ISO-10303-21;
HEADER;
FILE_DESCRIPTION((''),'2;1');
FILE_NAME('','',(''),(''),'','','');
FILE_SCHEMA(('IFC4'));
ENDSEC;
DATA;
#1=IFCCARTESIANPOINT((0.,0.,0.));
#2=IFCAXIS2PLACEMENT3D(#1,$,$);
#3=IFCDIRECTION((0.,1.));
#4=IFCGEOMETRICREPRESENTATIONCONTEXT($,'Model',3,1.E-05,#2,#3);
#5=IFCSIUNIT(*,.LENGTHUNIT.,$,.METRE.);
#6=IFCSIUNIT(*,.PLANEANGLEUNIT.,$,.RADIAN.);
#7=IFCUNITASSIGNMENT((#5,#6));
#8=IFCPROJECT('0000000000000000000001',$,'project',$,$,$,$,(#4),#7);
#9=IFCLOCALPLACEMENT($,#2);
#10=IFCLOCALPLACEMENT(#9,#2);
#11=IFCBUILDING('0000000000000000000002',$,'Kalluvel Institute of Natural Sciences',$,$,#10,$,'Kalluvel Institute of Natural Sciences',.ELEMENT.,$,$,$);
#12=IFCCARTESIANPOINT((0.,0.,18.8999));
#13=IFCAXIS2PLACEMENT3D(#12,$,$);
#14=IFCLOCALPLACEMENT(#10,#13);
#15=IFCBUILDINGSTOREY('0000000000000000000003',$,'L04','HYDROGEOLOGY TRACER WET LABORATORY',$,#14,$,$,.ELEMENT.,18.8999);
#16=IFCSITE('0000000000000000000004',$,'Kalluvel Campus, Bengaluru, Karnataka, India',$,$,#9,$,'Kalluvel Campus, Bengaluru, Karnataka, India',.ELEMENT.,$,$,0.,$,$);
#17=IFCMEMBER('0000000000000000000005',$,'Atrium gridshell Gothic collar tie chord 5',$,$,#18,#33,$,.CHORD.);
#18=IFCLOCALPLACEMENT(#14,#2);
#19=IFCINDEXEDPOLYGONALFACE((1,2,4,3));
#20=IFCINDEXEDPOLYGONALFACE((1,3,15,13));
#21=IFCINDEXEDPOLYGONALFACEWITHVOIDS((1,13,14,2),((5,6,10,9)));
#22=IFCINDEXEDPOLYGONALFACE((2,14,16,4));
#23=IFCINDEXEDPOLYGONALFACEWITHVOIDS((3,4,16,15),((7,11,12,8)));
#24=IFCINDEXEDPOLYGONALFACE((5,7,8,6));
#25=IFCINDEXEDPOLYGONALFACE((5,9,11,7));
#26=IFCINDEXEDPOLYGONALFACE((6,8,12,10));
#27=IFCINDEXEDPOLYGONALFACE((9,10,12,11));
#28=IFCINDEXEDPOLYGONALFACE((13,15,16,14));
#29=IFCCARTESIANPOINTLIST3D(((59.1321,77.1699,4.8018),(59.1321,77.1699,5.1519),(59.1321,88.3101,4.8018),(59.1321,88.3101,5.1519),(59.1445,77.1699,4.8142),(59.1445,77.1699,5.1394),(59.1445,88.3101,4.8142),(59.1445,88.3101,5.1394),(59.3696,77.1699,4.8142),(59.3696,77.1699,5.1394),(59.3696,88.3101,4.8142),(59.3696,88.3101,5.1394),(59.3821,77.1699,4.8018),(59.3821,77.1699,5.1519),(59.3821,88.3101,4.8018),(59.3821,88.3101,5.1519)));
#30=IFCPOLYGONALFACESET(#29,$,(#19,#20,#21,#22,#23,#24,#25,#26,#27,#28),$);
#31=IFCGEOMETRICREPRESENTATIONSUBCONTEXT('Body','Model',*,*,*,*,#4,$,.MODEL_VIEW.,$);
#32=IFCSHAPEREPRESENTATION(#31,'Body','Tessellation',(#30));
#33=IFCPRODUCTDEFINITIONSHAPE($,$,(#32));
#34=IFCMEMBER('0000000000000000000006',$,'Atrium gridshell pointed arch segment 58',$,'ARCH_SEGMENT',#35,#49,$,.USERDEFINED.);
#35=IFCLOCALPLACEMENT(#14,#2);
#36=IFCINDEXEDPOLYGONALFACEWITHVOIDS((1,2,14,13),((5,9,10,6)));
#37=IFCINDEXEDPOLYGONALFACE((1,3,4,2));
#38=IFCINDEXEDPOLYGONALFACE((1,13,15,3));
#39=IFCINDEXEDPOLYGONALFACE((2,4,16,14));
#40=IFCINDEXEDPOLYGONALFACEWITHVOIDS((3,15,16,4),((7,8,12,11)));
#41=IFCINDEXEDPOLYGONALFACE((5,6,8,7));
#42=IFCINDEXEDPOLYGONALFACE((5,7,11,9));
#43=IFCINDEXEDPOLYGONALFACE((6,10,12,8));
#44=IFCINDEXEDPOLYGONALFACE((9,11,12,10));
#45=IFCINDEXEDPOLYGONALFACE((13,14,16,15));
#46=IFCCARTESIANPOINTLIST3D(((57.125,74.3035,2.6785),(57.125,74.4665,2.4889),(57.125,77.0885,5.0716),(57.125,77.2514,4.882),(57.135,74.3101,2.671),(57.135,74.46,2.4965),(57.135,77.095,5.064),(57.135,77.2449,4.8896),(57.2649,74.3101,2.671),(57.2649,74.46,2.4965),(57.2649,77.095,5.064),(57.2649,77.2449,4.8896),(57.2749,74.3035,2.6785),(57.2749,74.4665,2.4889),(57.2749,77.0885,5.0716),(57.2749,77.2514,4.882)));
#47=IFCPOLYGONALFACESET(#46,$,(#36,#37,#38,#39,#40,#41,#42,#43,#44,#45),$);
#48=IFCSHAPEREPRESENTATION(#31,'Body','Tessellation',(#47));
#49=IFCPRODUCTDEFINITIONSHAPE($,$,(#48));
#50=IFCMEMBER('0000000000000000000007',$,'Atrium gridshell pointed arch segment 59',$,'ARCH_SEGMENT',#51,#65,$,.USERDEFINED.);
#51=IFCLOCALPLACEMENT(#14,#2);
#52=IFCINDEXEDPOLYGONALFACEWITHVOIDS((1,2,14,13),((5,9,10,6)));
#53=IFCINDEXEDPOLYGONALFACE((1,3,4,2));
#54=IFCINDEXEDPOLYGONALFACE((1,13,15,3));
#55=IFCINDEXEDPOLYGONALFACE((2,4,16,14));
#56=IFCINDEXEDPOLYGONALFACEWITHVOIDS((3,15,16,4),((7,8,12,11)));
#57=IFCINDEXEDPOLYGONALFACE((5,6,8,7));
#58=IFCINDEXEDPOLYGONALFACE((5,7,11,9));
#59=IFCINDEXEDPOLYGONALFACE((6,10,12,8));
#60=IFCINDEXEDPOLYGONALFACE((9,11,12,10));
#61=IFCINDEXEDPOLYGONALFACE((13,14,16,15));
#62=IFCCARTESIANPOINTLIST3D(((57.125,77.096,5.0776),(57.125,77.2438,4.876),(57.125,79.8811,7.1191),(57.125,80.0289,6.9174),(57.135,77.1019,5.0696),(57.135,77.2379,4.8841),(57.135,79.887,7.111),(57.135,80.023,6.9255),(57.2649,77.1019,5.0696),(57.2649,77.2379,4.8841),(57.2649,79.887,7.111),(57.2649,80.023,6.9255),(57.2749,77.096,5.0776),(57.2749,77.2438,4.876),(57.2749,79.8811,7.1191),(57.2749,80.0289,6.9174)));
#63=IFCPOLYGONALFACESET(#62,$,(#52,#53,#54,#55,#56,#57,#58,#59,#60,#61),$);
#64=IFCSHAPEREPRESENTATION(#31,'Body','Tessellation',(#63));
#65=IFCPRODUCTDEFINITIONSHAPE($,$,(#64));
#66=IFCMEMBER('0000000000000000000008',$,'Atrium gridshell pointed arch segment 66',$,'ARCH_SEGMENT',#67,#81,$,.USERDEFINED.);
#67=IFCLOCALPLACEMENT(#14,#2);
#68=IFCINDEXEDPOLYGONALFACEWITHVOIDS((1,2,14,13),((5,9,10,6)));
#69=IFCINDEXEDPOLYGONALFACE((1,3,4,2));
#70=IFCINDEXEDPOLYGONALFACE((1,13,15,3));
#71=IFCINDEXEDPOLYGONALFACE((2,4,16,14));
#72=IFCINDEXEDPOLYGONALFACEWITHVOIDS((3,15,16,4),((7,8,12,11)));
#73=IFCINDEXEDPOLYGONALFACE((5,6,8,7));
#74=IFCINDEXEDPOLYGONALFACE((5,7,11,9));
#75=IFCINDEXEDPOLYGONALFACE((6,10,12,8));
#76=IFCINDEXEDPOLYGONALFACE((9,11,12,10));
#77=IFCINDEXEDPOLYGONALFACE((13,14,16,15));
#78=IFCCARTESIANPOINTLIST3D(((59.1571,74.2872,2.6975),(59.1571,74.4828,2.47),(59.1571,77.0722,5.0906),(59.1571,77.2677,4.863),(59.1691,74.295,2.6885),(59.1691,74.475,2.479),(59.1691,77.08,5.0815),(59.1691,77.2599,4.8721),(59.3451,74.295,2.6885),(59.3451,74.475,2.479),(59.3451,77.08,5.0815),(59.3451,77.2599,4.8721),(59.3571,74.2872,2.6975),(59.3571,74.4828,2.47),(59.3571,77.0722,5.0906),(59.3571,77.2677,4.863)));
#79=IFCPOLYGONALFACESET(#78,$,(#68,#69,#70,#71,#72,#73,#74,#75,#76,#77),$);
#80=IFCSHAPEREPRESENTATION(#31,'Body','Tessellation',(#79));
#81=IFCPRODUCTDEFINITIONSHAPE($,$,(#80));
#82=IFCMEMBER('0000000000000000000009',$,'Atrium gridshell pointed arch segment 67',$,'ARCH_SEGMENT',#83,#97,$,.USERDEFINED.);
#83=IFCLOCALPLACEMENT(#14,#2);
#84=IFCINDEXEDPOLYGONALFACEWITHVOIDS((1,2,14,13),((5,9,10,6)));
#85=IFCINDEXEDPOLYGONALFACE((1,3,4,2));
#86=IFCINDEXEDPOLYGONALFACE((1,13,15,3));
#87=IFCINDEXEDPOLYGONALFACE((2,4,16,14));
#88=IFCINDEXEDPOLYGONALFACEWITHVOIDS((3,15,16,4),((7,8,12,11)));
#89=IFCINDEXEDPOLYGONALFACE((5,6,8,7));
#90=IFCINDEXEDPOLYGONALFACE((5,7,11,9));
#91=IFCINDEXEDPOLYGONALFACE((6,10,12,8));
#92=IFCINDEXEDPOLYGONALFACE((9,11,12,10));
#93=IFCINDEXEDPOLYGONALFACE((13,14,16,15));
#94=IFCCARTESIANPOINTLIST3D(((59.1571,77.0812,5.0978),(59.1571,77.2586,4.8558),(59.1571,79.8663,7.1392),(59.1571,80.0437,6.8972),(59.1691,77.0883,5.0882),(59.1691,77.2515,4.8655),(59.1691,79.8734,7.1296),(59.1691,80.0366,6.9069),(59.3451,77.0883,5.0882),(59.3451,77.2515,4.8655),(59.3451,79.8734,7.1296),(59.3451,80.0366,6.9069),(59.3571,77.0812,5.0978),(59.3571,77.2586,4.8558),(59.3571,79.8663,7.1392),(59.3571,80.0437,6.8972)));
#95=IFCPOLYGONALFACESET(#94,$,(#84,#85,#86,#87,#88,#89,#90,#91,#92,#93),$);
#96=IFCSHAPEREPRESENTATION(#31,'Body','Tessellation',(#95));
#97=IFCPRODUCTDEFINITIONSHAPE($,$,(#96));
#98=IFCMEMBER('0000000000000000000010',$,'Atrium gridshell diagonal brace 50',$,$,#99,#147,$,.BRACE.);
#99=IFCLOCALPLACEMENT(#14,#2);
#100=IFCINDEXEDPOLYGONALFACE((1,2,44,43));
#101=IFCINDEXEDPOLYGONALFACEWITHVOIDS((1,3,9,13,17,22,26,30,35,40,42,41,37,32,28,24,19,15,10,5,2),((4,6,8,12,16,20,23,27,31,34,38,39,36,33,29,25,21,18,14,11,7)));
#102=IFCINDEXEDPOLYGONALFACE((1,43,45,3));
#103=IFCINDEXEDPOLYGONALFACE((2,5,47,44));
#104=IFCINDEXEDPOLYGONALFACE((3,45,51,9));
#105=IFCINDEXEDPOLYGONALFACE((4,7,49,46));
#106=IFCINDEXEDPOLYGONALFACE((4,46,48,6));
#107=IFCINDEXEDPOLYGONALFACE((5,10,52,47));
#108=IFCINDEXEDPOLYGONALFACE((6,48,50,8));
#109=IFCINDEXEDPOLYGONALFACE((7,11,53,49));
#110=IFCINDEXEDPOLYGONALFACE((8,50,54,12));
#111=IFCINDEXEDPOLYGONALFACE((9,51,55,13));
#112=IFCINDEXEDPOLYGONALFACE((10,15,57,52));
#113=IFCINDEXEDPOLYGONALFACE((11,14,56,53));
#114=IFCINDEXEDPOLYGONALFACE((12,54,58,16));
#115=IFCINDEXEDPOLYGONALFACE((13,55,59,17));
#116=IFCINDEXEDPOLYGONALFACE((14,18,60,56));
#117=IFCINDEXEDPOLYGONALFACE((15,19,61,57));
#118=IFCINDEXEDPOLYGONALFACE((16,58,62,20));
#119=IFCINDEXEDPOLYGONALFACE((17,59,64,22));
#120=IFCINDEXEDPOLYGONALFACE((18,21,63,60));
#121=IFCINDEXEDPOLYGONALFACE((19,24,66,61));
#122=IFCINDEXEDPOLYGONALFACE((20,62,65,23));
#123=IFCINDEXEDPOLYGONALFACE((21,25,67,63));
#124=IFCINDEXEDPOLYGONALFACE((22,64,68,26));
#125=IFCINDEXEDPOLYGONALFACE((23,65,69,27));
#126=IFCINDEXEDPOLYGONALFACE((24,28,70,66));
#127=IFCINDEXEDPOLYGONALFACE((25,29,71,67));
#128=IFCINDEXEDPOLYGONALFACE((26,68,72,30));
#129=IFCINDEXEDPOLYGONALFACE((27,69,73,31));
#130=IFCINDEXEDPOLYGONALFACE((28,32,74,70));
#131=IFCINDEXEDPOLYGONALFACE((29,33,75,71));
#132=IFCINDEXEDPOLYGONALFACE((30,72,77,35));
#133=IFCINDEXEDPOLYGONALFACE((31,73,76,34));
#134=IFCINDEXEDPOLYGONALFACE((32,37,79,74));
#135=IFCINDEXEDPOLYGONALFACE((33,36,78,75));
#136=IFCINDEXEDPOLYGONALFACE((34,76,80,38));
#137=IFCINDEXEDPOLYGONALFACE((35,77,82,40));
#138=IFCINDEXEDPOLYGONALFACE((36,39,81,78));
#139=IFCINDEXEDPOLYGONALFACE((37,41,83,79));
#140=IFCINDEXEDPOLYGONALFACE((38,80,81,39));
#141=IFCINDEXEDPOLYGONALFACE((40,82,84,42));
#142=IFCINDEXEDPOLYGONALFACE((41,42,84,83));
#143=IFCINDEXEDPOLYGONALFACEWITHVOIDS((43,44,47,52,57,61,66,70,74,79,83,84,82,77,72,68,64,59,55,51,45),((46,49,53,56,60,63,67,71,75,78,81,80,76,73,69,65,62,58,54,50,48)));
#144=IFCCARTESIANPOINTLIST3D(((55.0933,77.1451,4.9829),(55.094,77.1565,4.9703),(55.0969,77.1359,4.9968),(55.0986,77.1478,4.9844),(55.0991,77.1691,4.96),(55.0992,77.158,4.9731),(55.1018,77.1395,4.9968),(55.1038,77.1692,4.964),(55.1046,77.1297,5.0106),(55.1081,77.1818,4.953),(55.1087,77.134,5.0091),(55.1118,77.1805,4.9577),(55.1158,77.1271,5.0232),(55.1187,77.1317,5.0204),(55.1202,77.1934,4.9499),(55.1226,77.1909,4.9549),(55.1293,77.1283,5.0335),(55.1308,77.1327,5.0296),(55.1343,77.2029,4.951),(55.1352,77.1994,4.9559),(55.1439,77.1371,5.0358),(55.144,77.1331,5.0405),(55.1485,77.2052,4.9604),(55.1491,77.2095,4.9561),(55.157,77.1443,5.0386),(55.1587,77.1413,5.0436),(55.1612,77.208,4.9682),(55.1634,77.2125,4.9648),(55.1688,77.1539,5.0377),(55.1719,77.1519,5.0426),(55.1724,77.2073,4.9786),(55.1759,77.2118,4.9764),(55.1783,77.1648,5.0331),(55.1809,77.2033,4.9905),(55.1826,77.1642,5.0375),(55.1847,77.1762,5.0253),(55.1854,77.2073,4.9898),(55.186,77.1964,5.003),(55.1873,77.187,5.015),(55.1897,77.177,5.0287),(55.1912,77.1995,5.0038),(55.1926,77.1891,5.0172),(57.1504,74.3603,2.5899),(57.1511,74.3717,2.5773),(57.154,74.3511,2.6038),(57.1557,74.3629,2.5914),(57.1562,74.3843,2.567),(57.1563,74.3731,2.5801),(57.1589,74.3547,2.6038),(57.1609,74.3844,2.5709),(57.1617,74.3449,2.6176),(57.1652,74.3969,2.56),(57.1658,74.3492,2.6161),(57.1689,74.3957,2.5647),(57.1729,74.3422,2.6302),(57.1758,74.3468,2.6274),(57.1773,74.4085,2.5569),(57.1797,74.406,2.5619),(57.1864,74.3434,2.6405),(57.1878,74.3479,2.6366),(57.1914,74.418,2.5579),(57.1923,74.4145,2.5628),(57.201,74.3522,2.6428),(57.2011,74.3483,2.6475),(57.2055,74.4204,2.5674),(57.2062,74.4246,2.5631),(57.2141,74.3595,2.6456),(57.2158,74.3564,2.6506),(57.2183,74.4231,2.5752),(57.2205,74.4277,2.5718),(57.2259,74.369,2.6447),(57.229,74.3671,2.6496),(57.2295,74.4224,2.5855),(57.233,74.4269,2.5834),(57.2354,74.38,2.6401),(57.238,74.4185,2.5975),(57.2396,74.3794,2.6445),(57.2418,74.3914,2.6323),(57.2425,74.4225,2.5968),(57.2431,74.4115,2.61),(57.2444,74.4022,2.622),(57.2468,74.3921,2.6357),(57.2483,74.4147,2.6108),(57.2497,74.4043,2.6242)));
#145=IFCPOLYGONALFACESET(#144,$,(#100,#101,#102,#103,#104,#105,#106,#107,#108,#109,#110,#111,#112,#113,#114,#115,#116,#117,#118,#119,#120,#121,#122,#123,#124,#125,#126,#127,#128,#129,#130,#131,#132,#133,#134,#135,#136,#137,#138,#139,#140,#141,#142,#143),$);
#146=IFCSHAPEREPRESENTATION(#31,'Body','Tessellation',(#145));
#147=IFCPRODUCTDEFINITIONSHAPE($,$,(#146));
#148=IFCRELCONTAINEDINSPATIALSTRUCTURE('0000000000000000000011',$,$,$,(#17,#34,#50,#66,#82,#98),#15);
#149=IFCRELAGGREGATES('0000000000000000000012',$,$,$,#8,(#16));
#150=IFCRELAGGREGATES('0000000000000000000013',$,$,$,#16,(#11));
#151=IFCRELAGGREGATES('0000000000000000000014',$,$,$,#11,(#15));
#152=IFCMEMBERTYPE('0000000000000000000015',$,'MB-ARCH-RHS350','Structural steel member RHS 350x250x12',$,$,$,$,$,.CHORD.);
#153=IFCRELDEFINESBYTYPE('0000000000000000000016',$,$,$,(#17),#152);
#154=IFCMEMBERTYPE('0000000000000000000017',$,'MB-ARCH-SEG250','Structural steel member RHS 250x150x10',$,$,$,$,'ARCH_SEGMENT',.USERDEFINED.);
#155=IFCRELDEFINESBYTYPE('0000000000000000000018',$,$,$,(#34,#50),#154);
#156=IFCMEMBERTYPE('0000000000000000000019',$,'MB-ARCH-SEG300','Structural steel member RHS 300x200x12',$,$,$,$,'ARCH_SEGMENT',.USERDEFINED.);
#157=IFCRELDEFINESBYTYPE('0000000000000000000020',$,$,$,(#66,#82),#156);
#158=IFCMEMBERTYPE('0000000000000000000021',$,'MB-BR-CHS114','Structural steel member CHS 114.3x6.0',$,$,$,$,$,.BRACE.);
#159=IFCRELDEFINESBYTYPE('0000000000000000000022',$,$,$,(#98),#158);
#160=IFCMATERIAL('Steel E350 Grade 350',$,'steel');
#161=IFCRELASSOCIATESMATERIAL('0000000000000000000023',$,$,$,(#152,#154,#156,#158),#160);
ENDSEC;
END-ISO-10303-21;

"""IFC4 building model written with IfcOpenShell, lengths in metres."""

from ifc_helpers import new_model, si_unit, direction, frame, origin, origin_2d, place, context, subcontext, project, spatial, hollow_rectangle, hollow_circle, extrude, material, material_profile, profile_set, type_object, element, save


model = new_model("IFC4")

# Units and contexts
model_context = context("Model", 3, precision=1e-05, world=origin(), true_north=direction((0.0, 1.0)))
body_context = subcontext(model_context, "Body", "Model", "MODEL_VIEW")
ifc_project = project(units=[si_unit("LENGTHUNIT", "METRE"), si_unit("PLANEANGLEUNIT", "RADIAN")], contexts=[model_context])

# Site, building, storey
site_placement = place(None, origin())
site = spatial("IfcSite", under=ifc_project, at=site_placement, Name="Kalluvel Campus, Bengaluru, Karnataka, India", LongName="Kalluvel Campus, Bengaluru, Karnataka, India", CompositionType="ELEMENT", RefElevation=0.0)
building_placement = place(site_placement, origin())
building = spatial("IfcBuilding", under=site, at=building_placement, Name="Kalluvel Institute of Natural Sciences", LongName="Kalluvel Institute of Natural Sciences", CompositionType="ELEMENT")
storey_placement = place(building_placement, frame((0.0, 0.0, 18.8999)))
storey = spatial("IfcBuildingStorey", under=building, at=storey_placement, Name="L04", Description="HYDROGEOLOGY TRACER WET LABORATORY", CompositionType="ELEMENT", Elevation=18.8999)

# Members
ifc_material_1 = material(Name="Steel E350 Grade 350", Category="steel")
ifc_material_profile_1 = material_profile(ifc_material_1, hollow_rectangle(XDim=0.25, YDim=0.3501, WallThickness=0.0125, at=origin_2d()), Name="RHS 350x250x12")
ifc_profile_set_1 = profile_set([ifc_material_profile_1], Name="Steel E350 Grade 350")
member_type_1 = type_object("IfcMemberType", Name="MB-ARCH-RHS350", Description="Structural steel member RHS 350x250x12", PredefinedType="CHORD", material=ifc_profile_set_1)
member_1_placement = place(storey_placement, frame((59.2571, 77.1699, 4.9768), z_axis=(0.0, 1.0, 0.0), x_axis=(-1.0, 0.0, 0.0)))
element("IfcMember", 1, at=member_1_placement, inside=storey, type_object=member_type_1, Name="Atrium gridshell Gothic collar tie chord 5", PredefinedType="CHORD", context=body_context, shape_type="SweptSolid", body=[
    extrude(hollow_rectangle(XDim=0.25, YDim=0.3501, WallThickness=0.0125, at=origin_2d()), origin(), (0.0, 0.0, 1.0), 11.1401),
])
ifc_material_profile_2 = material_profile(ifc_material_1, hollow_rectangle(XDim=0.1499, YDim=0.25, WallThickness=0.01, at=origin_2d()), Name="RHS 250x150x10")
ifc_profile_set_2 = profile_set([ifc_material_profile_2], Name="Steel E350 Grade 350")
member_type_2 = type_object("IfcMemberType", Name="MB-ARCH-SEG250", Description="Structural steel member RHS 250x150x10", ElementType="ARCH_SEGMENT", PredefinedType="USERDEFINED", material=ifc_profile_set_2)
member_2_placement = place(storey_placement, frame((57.2, 74.385, 2.5837), z_axis=(0.0, 0.758449, 0.651733), x_axis=(-1.0, 0.0, 0.0)))
element("IfcMember", 2, at=member_2_placement, inside=storey, type_object=member_type_2, Name="Atrium gridshell pointed arch segment 58", ObjectType="ARCH_SEGMENT", PredefinedType="USERDEFINED", context=body_context, shape_type="SweptSolid", body=[
    extrude(hollow_rectangle(XDim=0.1499, YDim=0.25, WallThickness=0.01, at=origin_2d()), origin(), (0.0, 0.0, 1.0), 3.6719),
])
member_3_placement = place(storey_placement, frame((57.2, 77.1699, 4.9768), z_axis=(0.0, 0.806535, 0.591186), x_axis=(-1.0, 0.0, 0.0)))
element("IfcMember", 3, at=member_3_placement, inside=storey, type_object=member_type_2, Name="Atrium gridshell pointed arch segment 59", ObjectType="ARCH_SEGMENT", PredefinedType="USERDEFINED", context=body_context, shape_type="SweptSolid", body=[
    extrude(hollow_rectangle(XDim=0.1499, YDim=0.25, WallThickness=0.01, at=origin_2d()), origin(), (0.0, 0.0, 1.0), 3.4531),
])
ifc_material_profile_3 = material_profile(ifc_material_1, hollow_rectangle(XDim=0.2, YDim=0.3, WallThickness=0.012, at=origin_2d()), Name="RHS 300x200x12")
ifc_profile_set_3 = profile_set([ifc_material_profile_3], Name="Steel E350 Grade 350")
member_type_3 = type_object("IfcMemberType", Name="MB-ARCH-SEG300", Description="Structural steel member RHS 300x200x12", ElementType="ARCH_SEGMENT", PredefinedType="USERDEFINED", material=ifc_profile_set_3)
member_4_placement = place(storey_placement, frame((59.2571, 74.385, 2.5837), z_axis=(0.0, 0.758449, 0.651733), x_axis=(-1.0, 0.0, 0.0)))
element("IfcMember", 4, at=member_4_placement, inside=storey, type_object=member_type_3, Name="Atrium gridshell pointed arch segment 66", ObjectType="ARCH_SEGMENT", PredefinedType="USERDEFINED", context=body_context, shape_type="SweptSolid", body=[
    extrude(hollow_rectangle(XDim=0.2, YDim=0.3, WallThickness=0.012, at=origin_2d()), origin(), (0.0, 0.0, 1.0), 3.6719),
])
member_5_placement = place(storey_placement, frame((59.2571, 77.1699, 4.9768), z_axis=(0.0, 0.806535, 0.591186), x_axis=(-1.0, 0.0, 0.0)))
element("IfcMember", 5, at=member_5_placement, inside=storey, type_object=member_type_3, Name="Atrium gridshell pointed arch segment 67", ObjectType="ARCH_SEGMENT", PredefinedType="USERDEFINED", context=body_context, shape_type="SweptSolid", body=[
    extrude(hollow_rectangle(XDim=0.2, YDim=0.3, WallThickness=0.012, at=origin_2d()), origin(), (0.0, 0.0, 1.0), 3.4531),
])
ifc_material_profile_4 = material_profile(ifc_material_1, hollow_circle(Radius=0.0571, WallThickness=0.0061, at=origin_2d()), Name="CHS 114.3x6.0")
ifc_profile_set_4 = profile_set([ifc_material_profile_4], Name="Steel E350 Grade 350")
member_type_4 = type_object("IfcMemberType", Name="MB-BR-CHS114", Description="Structural steel member CHS 114.3x6.0", PredefinedType="BRACE", material=ifc_profile_set_4)
member_6_placement = place(storey_placement, frame((57.2, 74.385, 2.6038), z_axis=(-0.488765, 0.661683, 0.568582), x_axis=(-0.804353, -0.594151, 0.0)))
element("IfcMember", 6, at=member_6_placement, inside=storey, type_object=member_type_4, Name="Atrium gridshell diagonal brace 50", PredefinedType="BRACE", context=body_context, shape_type="SweptSolid", body=[
    extrude(hollow_circle(Radius=0.0571, WallThickness=0.0061, at=origin_2d()), origin(), (0.0, 0.0, 1.0), 4.2087),
])

save(model, "model.ifc")
